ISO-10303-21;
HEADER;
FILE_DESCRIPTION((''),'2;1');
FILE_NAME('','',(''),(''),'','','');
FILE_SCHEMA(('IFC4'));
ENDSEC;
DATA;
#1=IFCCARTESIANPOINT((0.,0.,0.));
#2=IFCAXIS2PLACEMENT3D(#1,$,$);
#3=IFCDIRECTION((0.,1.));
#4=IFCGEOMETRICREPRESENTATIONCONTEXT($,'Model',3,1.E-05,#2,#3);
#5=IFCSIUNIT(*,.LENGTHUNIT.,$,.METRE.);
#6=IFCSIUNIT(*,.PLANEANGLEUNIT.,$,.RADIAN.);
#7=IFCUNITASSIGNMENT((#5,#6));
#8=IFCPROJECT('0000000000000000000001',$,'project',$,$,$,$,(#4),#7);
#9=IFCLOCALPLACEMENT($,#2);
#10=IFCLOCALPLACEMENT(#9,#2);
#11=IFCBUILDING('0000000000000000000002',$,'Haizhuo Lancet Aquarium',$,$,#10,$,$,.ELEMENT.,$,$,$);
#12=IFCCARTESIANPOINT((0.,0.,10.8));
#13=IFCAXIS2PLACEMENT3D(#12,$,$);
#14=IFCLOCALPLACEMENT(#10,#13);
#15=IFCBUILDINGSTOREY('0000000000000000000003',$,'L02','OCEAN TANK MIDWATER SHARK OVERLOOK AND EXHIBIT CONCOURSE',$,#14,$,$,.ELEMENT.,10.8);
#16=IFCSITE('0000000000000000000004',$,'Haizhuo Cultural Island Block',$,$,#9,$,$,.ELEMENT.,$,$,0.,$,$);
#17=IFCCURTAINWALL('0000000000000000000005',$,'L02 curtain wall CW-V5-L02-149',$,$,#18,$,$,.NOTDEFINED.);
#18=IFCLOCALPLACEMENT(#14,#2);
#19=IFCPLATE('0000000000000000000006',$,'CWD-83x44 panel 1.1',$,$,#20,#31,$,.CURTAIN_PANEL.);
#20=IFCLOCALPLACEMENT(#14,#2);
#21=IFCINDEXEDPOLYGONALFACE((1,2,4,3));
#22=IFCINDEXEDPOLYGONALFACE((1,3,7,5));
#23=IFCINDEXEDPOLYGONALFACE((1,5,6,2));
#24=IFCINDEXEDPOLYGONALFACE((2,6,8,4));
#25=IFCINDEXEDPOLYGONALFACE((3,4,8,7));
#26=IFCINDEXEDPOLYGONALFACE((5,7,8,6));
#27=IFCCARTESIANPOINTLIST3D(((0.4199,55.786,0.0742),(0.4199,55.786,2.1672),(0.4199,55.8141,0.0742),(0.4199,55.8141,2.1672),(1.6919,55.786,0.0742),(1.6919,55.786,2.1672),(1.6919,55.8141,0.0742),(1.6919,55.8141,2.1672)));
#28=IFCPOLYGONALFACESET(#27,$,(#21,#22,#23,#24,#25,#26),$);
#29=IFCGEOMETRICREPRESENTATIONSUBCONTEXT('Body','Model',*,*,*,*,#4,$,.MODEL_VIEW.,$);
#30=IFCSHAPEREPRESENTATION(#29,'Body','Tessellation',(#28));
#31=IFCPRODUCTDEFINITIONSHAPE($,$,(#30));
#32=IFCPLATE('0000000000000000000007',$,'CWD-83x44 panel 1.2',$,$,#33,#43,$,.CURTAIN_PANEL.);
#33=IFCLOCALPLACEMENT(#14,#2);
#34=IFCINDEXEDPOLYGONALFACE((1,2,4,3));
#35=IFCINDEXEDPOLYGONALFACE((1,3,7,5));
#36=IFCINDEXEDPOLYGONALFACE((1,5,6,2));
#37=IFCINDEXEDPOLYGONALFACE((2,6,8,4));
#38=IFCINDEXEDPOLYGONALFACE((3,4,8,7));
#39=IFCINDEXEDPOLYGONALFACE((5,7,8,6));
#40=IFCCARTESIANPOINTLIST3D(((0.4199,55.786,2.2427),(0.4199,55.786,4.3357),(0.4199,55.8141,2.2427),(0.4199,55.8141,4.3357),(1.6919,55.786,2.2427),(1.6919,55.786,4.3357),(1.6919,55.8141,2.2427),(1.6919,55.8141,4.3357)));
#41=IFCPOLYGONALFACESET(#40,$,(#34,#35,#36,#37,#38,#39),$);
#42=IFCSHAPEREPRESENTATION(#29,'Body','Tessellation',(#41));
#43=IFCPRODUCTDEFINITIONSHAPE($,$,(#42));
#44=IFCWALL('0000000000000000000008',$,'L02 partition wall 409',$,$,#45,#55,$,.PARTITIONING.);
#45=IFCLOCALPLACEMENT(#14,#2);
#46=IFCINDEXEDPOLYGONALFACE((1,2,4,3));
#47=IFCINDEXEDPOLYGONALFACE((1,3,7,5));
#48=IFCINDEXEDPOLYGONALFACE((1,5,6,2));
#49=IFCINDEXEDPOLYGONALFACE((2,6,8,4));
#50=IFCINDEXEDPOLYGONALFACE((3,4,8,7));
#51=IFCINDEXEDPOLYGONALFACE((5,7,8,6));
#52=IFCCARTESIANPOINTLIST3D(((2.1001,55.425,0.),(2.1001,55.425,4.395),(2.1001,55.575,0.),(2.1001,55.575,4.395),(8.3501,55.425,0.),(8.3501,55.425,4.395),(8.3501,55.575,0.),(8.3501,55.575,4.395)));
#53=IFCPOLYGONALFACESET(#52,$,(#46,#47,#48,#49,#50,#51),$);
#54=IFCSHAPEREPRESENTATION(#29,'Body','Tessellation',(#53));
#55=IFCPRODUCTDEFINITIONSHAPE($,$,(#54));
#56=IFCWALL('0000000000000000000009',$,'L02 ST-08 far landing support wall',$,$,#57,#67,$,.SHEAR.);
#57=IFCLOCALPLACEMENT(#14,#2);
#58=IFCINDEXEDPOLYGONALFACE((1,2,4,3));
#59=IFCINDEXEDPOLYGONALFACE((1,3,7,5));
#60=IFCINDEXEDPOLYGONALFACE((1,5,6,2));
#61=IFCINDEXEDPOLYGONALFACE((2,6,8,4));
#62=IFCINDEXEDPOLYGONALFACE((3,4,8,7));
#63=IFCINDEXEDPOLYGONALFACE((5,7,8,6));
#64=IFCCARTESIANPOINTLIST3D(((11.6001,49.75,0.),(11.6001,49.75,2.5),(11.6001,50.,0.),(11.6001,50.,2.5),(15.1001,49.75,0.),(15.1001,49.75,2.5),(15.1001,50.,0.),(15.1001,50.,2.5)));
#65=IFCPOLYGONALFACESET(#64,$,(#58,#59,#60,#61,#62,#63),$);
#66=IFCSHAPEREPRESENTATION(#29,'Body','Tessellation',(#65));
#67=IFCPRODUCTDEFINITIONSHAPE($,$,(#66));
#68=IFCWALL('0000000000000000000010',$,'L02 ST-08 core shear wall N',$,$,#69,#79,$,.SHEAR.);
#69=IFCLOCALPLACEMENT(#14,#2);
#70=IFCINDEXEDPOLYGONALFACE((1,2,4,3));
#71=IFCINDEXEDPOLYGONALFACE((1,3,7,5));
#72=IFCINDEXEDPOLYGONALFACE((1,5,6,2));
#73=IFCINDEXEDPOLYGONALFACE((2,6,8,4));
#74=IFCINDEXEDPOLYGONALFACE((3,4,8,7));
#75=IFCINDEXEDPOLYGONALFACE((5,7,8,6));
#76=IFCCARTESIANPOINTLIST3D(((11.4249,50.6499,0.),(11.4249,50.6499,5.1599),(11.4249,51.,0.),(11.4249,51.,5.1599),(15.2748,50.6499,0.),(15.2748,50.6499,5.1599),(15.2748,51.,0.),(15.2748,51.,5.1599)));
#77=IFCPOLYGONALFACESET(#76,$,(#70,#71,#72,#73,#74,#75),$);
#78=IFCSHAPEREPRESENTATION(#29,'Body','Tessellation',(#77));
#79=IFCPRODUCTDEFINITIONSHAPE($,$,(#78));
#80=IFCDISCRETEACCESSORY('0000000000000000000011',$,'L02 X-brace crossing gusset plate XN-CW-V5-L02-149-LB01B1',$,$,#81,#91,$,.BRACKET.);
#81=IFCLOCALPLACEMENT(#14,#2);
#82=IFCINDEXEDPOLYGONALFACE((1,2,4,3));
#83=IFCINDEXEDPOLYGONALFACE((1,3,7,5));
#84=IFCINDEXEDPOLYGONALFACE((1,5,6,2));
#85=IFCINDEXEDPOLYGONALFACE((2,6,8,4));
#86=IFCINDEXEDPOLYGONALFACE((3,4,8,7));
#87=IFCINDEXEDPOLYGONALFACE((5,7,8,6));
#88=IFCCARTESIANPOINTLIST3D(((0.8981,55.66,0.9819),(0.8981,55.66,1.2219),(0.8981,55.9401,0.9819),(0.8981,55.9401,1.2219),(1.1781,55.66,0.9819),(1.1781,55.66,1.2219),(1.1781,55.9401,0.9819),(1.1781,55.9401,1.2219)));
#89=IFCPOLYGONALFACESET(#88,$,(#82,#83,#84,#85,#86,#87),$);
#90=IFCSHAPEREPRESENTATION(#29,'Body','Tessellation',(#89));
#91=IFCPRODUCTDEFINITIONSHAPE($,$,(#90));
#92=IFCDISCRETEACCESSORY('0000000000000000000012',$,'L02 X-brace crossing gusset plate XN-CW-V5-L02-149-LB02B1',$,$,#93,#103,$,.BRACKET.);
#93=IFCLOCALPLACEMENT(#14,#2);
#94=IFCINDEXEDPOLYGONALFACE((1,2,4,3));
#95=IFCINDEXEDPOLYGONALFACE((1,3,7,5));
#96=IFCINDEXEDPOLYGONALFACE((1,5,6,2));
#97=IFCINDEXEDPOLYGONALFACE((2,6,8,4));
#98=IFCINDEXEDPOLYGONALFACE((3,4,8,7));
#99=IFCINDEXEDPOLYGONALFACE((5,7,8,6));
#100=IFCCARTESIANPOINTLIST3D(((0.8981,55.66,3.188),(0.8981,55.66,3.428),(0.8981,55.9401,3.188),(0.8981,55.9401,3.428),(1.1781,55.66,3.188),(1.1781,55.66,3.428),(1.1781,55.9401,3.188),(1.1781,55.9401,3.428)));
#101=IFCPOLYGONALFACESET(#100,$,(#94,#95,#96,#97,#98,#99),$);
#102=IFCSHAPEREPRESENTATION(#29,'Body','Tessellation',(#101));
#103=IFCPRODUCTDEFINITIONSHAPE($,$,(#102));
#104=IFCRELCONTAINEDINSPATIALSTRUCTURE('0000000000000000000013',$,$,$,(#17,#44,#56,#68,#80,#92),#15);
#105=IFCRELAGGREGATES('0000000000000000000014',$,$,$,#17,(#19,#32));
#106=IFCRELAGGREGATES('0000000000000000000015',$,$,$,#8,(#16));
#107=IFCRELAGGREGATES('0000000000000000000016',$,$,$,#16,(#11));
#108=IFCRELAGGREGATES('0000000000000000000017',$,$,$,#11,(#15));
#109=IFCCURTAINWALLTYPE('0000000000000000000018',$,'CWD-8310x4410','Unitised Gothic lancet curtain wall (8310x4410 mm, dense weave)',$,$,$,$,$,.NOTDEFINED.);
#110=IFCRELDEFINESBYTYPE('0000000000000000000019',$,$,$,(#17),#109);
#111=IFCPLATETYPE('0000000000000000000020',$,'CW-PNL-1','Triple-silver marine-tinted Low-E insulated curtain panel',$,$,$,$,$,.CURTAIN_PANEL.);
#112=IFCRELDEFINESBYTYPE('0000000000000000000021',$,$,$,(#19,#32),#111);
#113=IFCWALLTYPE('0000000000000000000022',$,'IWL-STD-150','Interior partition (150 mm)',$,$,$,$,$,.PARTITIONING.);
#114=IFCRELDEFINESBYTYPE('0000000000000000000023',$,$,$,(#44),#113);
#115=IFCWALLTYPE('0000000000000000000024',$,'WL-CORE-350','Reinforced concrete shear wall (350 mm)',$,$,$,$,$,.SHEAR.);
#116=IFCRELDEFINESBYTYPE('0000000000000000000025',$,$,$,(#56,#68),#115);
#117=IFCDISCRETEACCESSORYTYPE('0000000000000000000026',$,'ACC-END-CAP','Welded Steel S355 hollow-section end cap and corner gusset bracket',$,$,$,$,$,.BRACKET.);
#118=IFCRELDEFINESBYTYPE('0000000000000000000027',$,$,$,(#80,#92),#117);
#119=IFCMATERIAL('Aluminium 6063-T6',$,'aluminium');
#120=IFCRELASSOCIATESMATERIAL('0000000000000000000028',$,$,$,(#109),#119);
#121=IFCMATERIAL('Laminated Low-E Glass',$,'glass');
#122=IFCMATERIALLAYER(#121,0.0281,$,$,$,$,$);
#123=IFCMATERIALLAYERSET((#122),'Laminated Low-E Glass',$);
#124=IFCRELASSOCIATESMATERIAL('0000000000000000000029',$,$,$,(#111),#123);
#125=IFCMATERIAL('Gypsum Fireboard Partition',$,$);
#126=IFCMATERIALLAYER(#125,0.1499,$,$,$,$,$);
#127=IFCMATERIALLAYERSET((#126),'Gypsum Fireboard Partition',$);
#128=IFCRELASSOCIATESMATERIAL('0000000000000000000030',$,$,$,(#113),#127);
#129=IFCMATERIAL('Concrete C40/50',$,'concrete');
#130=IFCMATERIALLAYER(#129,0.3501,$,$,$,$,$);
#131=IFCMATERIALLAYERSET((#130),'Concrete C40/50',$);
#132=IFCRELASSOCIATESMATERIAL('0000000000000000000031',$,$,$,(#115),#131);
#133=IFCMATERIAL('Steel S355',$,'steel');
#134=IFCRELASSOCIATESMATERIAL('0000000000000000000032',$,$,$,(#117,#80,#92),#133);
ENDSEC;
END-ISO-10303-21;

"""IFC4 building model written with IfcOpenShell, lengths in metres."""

from ifc_helpers import new_model, si_unit, direction, frame, frame_2d, origin, origin_2d, place, context, subcontext, project, spatial, rectangle, extrude, material, layer, layer_set, type_object, element, aggregate, save


model = new_model("IFC4")

# Units and contexts
model_context = context("Model", 3, precision=1e-05, world=origin(), true_north=direction((0.0, 1.0)))
body_context = subcontext(model_context, "Body", "Model", "MODEL_VIEW")
ifc_project = project(units=[si_unit("LENGTHUNIT", "METRE"), si_unit("PLANEANGLEUNIT", "RADIAN")], contexts=[model_context])

# Site, building, storey
site_placement = place(None, origin())
site = spatial("IfcSite", under=ifc_project, at=site_placement, Name="Haizhuo Cultural Island Block", CompositionType="ELEMENT", RefElevation=0.0)
building_placement = place(site_placement, origin())
building = spatial("IfcBuilding", under=site, at=building_placement, Name="Haizhuo Lancet Aquarium", CompositionType="ELEMENT")
storey_placement = place(building_placement, frame((0.0, 0.0, 10.8)))
storey = spatial("IfcBuildingStorey", under=building, at=storey_placement, Name="L02", Description="OCEAN TANK MIDWATER SHARK OVERLOOK AND EXHIBIT CONCOURSE", CompositionType="ELEMENT", Elevation=10.8)

# Shared definitions
ifc_material_1 = material(Name="Concrete C40/50", Category="concrete")

# Curtain wall
ifc_material_2 = material(Name="Aluminium 6063-T6", Category="aluminium")
curtain_wall_type = type_object("IfcCurtainWallType", Name="CWD-8310x4410", Description="Unitised Gothic lancet curtain wall (8310x4410 mm, dense weave)", PredefinedType="NOTDEFINED", material=ifc_material_2)
curtain_wall_placement = place(storey_placement, origin())
curtain_wall = element("IfcCurtainWall", 1, at=curtain_wall_placement, inside=storey, type_object=curtain_wall_type, Name="L02 curtain wall CW-V5-L02-149", PredefinedType="NOTDEFINED")

# Shared definitions
ifc_material_3 = material(Name="Steel S355", Category="steel")

# Plates
ifc_material_4 = material(Name="Laminated Low-E Glass", Category="glass")
ifc_layer_1 = layer(ifc_material_4, 0.0281)
ifc_layer_set_1 = layer_set([ifc_layer_1], Name="Laminated Low-E Glass")
plate_type = type_object("IfcPlateType", Name="CW-PNL-1", Description="Triple-silver marine-tinted Low-E insulated curtain panel", PredefinedType="CURTAIN_PANEL", material=ifc_layer_set_1)
plate_1_placement = place(storey_placement, frame((1.0559, 55.8, 0.0742), z_axis=(0.0, 0.0, 1.0), x_axis=(1.0, 0.0, 0.0)))
plate_1 = element("IfcPlate", 2, at=plate_1_placement, type_object=plate_type, Name="CWD-83x44 panel 1.1", PredefinedType="CURTAIN_PANEL", context=body_context, shape_type="SweptSolid", body=[
    extrude(rectangle(XDim=1.272, YDim=0.0281, at=origin_2d()), origin(), (0.0, 0.0, 1.0), 2.093),
])
plate_2_placement = place(storey_placement, frame((1.0559, 55.8, 2.2427), z_axis=(0.0, 0.0, 1.0), x_axis=(1.0, 0.0, 0.0)))
plate_2 = element("IfcPlate", 3, at=plate_2_placement, type_object=plate_type, Name="CWD-83x44 panel 1.2", PredefinedType="CURTAIN_PANEL", context=body_context, shape_type="SweptSolid", body=[
    extrude(rectangle(XDim=1.272, YDim=0.0281, at=origin_2d()), origin(), (0.0, 0.0, 1.0), 2.093),
])
aggregate(curtain_wall, [plate_1, plate_2])

# Walls
ifc_material_5 = material(Name="Gypsum Fireboard Partition")
ifc_layer_2 = layer(ifc_material_5, 0.1499)
ifc_layer_set_2 = layer_set([ifc_layer_2], Name="Gypsum Fireboard Partition")
wall_type_1 = type_object("IfcWallType", Name="IWL-STD-150", Description="Interior partition (150 mm)", PredefinedType="PARTITIONING", material=ifc_layer_set_2)
wall_1_placement = place(storey_placement, frame((8.3501, 55.5, 0.0), z_axis=(0.0, 0.0, 1.0), x_axis=(-1.0, 0.0, 0.0)))
element("IfcWall", 4, at=wall_1_placement, inside=storey, type_object=wall_type_1, Name="L02 partition wall 409", PredefinedType="PARTITIONING", context=body_context, shape_type="SweptSolid", body=[
    extrude(rectangle(XDim=6.25, YDim=0.1499, at=frame_2d((3.125, 0.0))), origin(), (0.0, 0.0, 1.0), 4.395),
])
ifc_layer_3 = layer(ifc_material_1, 0.3501)
ifc_layer_set_3 = layer_set([ifc_layer_3], Name="Concrete C40/50")
wall_type_2 = type_object("IfcWallType", Name="WL-CORE-350", Description="Reinforced concrete shear wall (350 mm)", PredefinedType="SHEAR", material=ifc_layer_set_3)
wall_2_placement = place(storey_placement, frame((11.6001, 49.875, 0.0), z_axis=(0.0, 0.0, 1.0), x_axis=(1.0, 0.0, 0.0)))
element("IfcWall", 5, at=wall_2_placement, inside=storey, type_object=wall_type_2, Name="L02 ST-08 far landing support wall", PredefinedType="SHEAR", context=body_context, shape_type="SweptSolid", body=[
    extrude(rectangle(XDim=3.5, YDim=0.25, at=frame_2d((1.75, 0.0))), origin(), (0.0, 0.0, 1.0), 2.5),
])
wall_3_placement = place(storey_placement, frame((11.425, 50.825, 0.0), z_axis=(0.0, 0.0, 1.0), x_axis=(1.0, 0.0, 0.0)))
element("IfcWall", 6, at=wall_3_placement, inside=storey, type_object=wall_type_2, Name="L02 ST-08 core shear wall N", PredefinedType="SHEAR", context=body_context, shape_type="SweptSolid", body=[
    extrude(rectangle(XDim=3.8499, YDim=0.3501, at=frame_2d((1.9248, 0.0))), origin(), (0.0, 0.0, 1.0), 5.1599),
])

# Discrete accessories
discrete_accessory_type = type_object("IfcDiscreteAccessoryType", Name="ACC-END-CAP", Description="Welded Steel S355 hollow-section end cap and corner gusset bracket", PredefinedType="BRACKET", material=ifc_material_3)
for number, where, z_axis, x_axis, name in (
    (7, (1.0381, 55.8, 0.9819), (0.0, 0.0, 1.0), (1.0, 0.0, 0.0), "L02 X-brace crossing gusset plate XN-CW-V5-L02-149-LB01B1"),
    (8, (1.0381, 55.8, 3.188), (0.0, 0.0, 1.0), (1.0, 0.0, 0.0), "L02 X-brace crossing gusset plate XN-CW-V5-L02-149-LB02B1"),
):
    element("IfcDiscreteAccessory", number, at=place(storey_placement, frame(where, z_axis=z_axis, x_axis=x_axis)), inside=storey, type_object=discrete_accessory_type, material=ifc_material_3, Name=name, PredefinedType="BRACKET", context=body_context, shape_type="SweptSolid", body=[
        extrude(rectangle(XDim=0.28, YDim=0.28, at=origin_2d()), origin(), (0.0, 0.0, 1.0), 0.24),
    ])

save(model, "model.ifc")
